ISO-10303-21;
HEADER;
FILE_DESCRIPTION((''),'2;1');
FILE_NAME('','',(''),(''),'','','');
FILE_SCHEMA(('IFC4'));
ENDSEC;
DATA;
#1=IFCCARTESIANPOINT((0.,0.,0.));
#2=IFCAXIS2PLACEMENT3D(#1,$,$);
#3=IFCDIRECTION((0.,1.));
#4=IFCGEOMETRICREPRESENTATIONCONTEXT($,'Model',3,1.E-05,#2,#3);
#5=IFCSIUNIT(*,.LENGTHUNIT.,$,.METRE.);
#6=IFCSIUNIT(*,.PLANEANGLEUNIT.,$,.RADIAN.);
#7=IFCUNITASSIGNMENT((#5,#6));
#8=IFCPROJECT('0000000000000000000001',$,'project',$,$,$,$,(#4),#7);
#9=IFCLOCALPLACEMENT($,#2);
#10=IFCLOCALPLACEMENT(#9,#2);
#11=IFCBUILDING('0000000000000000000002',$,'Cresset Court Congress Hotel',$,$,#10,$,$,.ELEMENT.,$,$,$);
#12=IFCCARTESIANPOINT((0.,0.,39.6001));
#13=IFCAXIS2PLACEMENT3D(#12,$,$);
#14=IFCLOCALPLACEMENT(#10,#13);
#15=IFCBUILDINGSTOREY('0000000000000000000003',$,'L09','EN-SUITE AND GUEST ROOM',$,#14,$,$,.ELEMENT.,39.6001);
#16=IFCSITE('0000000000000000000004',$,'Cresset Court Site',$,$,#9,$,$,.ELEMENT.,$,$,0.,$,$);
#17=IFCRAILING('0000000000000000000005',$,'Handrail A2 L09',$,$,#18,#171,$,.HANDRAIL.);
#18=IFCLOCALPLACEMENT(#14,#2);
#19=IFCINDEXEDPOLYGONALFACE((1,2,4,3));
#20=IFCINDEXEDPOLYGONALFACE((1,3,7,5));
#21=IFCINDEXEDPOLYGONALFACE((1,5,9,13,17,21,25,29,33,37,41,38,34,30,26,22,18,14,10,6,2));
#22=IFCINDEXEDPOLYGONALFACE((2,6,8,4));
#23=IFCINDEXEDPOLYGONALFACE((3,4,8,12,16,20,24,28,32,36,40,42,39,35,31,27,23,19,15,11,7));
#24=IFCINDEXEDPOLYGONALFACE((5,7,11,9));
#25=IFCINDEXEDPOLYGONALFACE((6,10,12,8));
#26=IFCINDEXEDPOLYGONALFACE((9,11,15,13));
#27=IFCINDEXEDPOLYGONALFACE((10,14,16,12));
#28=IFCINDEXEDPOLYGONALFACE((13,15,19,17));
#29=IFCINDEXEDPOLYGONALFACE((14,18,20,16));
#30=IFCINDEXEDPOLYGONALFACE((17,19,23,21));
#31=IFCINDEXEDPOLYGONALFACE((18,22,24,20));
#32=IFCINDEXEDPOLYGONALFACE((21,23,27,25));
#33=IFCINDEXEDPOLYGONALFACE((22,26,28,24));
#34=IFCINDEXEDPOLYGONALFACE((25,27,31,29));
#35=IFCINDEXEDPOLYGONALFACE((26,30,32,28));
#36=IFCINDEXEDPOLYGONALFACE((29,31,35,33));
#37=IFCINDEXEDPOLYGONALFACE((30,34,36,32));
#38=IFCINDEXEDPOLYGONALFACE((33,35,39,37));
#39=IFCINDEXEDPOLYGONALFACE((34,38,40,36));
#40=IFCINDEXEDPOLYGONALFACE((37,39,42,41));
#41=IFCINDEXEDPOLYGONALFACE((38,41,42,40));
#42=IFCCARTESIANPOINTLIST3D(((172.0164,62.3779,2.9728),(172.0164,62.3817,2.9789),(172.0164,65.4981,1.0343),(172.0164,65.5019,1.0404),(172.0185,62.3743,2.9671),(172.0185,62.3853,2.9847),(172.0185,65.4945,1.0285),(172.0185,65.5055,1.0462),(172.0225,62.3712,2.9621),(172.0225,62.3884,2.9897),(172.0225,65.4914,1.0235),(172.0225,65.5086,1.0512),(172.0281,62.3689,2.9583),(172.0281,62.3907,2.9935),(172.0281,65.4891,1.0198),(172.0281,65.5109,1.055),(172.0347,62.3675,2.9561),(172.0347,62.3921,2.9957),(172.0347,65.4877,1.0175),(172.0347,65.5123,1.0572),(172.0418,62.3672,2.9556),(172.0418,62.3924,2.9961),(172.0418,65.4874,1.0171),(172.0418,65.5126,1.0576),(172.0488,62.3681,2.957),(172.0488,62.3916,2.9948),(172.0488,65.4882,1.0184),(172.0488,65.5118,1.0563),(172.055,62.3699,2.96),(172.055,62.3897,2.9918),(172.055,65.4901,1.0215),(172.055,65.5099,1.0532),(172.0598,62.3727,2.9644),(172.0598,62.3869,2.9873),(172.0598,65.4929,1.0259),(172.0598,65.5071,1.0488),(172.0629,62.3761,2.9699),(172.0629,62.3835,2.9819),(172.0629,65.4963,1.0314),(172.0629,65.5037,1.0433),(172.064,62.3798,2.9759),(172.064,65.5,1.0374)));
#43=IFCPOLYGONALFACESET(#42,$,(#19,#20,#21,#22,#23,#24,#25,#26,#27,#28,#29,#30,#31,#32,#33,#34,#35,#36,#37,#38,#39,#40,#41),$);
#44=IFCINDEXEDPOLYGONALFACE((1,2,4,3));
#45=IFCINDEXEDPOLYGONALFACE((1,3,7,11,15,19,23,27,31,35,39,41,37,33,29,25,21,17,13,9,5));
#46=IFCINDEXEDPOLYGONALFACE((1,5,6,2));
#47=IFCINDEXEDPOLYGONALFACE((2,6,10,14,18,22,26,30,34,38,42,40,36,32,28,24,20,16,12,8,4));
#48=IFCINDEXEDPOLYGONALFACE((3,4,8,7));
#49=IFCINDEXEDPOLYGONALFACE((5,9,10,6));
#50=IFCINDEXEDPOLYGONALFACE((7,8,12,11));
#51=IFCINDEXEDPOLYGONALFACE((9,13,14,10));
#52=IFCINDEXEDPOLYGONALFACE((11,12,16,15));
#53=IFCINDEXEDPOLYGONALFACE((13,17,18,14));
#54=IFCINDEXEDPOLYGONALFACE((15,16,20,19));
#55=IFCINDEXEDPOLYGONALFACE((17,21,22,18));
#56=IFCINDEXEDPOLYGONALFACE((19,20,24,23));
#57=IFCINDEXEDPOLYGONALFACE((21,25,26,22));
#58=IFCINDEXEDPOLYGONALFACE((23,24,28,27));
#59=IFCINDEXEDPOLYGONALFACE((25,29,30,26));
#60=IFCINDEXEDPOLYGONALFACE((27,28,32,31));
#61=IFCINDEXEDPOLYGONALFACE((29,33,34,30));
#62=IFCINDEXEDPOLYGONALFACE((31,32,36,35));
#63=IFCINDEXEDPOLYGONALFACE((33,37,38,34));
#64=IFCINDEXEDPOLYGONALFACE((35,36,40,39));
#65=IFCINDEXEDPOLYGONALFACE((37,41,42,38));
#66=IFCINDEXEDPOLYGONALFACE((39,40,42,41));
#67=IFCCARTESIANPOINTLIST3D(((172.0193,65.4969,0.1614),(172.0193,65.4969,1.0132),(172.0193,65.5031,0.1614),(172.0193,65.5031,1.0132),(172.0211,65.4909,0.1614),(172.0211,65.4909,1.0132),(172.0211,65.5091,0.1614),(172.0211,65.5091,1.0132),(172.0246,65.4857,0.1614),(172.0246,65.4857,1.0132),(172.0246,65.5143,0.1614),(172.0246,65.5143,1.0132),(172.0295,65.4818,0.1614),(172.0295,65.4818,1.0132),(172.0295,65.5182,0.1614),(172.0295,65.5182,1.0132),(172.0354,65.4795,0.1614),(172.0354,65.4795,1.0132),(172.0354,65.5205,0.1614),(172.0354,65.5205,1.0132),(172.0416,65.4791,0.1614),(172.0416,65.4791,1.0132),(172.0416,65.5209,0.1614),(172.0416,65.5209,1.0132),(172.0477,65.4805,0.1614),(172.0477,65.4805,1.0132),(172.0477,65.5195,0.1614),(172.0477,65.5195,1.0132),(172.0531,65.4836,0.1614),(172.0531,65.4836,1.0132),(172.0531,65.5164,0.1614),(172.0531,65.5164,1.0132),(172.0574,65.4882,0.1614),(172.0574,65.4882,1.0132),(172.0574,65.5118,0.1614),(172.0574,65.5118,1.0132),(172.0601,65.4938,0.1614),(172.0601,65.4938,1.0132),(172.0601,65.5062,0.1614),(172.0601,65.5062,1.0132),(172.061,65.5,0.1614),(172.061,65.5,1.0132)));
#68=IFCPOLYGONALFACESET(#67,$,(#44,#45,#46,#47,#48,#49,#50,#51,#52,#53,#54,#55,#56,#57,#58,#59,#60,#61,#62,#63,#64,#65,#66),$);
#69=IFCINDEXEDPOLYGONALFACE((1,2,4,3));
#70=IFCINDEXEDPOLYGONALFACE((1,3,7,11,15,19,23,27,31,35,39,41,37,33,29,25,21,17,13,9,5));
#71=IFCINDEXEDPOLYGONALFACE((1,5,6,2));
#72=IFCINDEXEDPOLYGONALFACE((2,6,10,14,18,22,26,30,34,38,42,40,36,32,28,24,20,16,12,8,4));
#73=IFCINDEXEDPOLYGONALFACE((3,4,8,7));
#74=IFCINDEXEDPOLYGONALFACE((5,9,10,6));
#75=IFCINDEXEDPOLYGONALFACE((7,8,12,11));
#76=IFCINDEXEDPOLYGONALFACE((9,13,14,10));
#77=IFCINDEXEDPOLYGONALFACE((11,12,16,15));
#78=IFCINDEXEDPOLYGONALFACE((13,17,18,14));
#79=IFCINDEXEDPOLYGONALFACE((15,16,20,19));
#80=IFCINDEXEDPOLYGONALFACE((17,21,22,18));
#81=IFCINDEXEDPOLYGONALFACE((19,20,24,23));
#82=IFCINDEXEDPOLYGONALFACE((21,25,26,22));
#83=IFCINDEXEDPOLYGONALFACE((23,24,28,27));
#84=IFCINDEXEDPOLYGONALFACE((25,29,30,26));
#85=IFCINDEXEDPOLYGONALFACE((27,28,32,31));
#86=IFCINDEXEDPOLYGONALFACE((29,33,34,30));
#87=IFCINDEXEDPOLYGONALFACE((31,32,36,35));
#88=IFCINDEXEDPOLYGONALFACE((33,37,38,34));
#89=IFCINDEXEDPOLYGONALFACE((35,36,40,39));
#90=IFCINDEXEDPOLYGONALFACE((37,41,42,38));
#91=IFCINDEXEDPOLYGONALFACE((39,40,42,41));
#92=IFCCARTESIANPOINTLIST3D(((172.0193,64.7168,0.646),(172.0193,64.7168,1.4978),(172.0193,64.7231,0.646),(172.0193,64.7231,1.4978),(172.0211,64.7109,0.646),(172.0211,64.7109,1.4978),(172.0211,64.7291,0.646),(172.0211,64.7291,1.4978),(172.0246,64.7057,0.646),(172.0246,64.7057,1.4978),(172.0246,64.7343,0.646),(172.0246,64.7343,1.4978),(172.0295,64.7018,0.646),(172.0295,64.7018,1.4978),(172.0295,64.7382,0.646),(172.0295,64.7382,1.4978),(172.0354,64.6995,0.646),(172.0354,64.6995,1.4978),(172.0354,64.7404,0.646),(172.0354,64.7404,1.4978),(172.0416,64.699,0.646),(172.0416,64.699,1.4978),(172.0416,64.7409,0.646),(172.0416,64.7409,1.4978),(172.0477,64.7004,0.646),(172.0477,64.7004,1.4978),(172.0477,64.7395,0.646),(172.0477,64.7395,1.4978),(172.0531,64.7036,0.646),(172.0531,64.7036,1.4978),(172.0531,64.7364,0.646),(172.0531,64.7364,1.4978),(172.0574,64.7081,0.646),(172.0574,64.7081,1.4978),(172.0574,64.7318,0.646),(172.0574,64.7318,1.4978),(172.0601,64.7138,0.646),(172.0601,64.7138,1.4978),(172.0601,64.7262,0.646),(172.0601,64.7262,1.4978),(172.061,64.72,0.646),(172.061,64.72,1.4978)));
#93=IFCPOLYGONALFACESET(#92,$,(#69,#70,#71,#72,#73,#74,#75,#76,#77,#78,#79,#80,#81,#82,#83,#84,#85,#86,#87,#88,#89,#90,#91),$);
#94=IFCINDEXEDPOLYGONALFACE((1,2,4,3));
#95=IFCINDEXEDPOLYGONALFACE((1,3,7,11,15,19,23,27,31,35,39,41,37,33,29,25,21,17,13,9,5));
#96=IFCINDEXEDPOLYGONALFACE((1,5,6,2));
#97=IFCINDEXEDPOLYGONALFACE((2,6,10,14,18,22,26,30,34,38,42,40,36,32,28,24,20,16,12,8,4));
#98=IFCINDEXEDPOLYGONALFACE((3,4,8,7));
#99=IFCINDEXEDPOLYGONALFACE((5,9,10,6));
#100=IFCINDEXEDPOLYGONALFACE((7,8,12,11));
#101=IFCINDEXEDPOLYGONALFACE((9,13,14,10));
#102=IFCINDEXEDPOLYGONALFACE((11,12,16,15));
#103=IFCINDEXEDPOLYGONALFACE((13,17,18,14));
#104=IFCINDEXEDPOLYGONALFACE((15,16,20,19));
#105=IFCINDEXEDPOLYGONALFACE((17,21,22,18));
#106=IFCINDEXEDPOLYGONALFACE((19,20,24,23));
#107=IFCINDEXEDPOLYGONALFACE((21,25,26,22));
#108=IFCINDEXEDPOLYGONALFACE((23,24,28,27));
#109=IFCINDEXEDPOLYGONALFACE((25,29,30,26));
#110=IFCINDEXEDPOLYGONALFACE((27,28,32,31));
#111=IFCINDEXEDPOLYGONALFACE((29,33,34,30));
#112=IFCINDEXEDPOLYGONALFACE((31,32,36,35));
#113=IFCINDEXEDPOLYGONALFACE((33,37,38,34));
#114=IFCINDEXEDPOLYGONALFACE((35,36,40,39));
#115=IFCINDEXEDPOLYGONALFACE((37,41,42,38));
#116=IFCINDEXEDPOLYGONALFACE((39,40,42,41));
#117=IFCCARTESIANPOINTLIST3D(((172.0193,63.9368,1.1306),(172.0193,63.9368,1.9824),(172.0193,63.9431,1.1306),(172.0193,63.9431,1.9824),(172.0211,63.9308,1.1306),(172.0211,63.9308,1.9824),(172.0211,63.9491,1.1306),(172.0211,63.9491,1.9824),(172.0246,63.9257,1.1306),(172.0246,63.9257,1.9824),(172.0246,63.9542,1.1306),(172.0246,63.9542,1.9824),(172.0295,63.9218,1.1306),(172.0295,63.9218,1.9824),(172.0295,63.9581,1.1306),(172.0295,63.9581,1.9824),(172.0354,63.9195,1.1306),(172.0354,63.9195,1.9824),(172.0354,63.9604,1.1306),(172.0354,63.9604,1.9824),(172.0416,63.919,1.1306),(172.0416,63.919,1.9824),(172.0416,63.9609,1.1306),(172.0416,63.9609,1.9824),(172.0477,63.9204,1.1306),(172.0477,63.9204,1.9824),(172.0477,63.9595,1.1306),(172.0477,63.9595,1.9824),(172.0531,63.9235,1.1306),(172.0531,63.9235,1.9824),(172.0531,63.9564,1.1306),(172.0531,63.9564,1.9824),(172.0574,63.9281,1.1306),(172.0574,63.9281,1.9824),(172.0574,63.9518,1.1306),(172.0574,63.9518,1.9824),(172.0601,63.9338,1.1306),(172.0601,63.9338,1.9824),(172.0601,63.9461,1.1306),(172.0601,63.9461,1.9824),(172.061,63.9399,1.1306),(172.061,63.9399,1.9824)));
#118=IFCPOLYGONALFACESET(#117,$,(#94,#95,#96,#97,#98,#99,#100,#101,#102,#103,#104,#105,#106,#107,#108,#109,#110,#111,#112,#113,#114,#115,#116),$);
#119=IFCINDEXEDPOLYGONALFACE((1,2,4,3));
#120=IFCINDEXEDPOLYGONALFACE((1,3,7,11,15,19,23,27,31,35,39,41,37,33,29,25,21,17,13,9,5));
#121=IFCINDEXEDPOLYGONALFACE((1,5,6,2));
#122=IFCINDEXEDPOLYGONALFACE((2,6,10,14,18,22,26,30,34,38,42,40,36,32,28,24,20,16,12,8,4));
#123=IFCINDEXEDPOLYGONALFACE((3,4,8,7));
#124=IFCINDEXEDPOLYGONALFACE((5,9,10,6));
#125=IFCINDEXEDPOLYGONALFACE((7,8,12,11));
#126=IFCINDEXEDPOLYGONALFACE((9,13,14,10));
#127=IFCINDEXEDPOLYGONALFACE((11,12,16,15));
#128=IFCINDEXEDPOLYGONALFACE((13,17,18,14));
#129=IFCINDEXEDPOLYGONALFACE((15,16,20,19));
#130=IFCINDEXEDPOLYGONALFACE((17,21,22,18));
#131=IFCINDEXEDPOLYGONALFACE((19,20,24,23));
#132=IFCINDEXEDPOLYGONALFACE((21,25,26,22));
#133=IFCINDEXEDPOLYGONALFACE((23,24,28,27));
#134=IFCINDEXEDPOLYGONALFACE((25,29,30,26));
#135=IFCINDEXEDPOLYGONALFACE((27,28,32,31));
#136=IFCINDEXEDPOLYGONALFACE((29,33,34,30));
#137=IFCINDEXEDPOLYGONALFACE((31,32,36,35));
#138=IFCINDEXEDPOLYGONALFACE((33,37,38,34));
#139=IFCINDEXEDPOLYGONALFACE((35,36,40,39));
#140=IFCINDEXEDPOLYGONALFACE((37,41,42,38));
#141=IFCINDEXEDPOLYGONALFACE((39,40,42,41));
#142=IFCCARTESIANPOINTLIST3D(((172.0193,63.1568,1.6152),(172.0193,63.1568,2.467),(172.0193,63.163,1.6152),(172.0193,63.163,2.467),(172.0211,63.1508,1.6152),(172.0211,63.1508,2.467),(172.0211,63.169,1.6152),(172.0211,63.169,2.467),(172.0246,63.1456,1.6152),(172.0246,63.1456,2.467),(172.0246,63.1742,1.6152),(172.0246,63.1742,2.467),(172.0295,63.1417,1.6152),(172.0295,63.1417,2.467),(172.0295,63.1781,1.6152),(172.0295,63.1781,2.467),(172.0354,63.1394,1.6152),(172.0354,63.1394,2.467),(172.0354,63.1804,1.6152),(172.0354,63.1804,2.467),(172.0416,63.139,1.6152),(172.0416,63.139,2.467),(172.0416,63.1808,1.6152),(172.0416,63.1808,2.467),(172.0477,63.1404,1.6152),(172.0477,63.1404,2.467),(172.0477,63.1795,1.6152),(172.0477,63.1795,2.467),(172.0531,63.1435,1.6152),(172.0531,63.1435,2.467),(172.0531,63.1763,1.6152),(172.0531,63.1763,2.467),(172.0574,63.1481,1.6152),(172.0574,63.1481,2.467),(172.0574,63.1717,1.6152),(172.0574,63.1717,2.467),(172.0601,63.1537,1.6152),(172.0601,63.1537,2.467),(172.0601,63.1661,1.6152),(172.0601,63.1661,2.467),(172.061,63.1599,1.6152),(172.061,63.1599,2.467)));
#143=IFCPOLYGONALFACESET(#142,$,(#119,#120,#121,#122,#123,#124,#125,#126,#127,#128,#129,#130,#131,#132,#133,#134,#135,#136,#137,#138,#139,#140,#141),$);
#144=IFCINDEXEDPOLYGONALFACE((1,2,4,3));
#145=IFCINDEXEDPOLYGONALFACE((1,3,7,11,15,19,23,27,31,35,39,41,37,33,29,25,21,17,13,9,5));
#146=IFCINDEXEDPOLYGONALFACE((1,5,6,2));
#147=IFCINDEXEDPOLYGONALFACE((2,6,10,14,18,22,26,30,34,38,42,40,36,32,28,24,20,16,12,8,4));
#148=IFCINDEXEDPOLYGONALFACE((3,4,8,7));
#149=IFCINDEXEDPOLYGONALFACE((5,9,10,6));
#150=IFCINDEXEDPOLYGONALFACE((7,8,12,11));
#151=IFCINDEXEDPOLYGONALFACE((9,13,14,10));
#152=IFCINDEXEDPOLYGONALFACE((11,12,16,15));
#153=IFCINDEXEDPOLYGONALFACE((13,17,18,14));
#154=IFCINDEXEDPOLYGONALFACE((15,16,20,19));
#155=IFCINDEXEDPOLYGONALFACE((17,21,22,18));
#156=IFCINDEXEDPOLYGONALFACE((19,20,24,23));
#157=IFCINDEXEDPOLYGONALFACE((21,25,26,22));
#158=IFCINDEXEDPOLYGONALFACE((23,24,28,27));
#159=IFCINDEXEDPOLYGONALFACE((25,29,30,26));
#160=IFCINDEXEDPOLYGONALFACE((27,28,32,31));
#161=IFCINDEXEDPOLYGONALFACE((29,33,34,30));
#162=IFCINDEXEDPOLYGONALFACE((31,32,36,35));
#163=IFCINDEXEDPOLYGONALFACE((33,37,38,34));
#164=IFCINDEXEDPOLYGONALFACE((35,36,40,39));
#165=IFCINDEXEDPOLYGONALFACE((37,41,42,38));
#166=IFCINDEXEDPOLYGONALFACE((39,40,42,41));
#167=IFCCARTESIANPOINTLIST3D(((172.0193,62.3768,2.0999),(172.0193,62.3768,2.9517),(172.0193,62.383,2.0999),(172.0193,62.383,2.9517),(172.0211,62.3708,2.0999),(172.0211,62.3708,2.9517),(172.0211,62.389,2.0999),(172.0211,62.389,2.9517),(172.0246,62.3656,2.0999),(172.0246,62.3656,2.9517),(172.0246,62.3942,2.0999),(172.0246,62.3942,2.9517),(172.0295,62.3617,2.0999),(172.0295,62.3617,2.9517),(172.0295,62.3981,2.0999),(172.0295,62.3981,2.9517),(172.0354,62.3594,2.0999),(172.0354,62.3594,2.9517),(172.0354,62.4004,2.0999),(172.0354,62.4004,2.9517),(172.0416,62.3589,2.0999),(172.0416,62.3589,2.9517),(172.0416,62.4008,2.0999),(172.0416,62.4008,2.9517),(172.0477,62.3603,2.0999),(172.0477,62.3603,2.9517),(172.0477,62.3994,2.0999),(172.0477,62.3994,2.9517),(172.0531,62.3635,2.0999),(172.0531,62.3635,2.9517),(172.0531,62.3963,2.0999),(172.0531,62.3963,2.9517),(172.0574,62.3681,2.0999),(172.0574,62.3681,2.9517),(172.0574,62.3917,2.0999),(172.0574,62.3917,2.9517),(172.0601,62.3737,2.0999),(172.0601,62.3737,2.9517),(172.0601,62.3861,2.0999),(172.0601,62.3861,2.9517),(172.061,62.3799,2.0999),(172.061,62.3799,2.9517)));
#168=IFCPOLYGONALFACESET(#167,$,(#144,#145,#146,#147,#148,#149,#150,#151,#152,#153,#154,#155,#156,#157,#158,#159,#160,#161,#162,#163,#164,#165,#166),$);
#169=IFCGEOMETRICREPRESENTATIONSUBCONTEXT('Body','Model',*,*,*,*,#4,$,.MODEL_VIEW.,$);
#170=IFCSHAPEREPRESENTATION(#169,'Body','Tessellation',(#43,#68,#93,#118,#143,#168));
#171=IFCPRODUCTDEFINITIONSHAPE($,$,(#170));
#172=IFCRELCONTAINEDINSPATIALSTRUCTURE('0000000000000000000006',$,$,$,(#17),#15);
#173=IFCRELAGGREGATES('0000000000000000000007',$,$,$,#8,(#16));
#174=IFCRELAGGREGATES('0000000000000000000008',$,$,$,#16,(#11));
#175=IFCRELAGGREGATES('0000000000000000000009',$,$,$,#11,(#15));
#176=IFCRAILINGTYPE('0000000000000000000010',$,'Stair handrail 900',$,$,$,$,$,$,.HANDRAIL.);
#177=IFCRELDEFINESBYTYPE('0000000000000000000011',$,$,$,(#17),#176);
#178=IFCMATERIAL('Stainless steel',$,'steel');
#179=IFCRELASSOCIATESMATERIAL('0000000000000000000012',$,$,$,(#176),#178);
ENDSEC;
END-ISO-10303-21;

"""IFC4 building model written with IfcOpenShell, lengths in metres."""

from ifc_helpers import new_model, si_unit, direction, frame, origin, origin_2d, place, context, subcontext, project, spatial, circle, extrude, material, type_object, element, save


model = new_model("IFC4")

# Units and contexts
model_context = context("Model", 3, precision=1e-05, world=origin(), true_north=direction((0.0, 1.0)))
body_context = subcontext(model_context, "Body", "Model", "MODEL_VIEW")
ifc_project = project(units=[si_unit("LENGTHUNIT", "METRE"), si_unit("PLANEANGLEUNIT", "RADIAN")], contexts=[model_context])

# Site, building, storey
site_placement = place(None, origin())
site = spatial("IfcSite", under=ifc_project, at=site_placement, Name="Cresset Court Site", CompositionType="ELEMENT", RefElevation=0.0)
building_placement = place(site_placement, origin())
building = spatial("IfcBuilding", under=site, at=building_placement, Name="Cresset Court Congress Hotel", CompositionType="ELEMENT")
storey_placement = place(building_placement, frame((0.0, 0.0, 39.6001)))
storey = spatial("IfcBuildingStorey", under=building, at=storey_placement, Name="L09", Description="EN-SUITE AND GUEST ROOM", CompositionType="ELEMENT", Elevation=39.6001)

# Railing
ifc_material_1 = material(Name="Stainless steel", Category="steel")
railing_type_1 = type_object("IfcRailingType", Name="Stair handrail 900", PredefinedType="HANDRAIL", material=ifc_material_1)
for number, where, name in (
    (1, (172.04, 65.5, 0.1614), "Handrail A2 L09"),
):
    element("IfcRailing", number, at=place(storey_placement, frame(where)), inside=storey, type_object=railing_type_1, Name=name, PredefinedType="HANDRAIL", context=body_context, shape_type="SweptSolid", body=[
        extrude(circle(Radius=0.0239, at=origin_2d()), frame((0.0, 0.0, 0.876), z_axis=(0.0, -0.849414, 0.527727), x_axis=(1.0, 0.0, 0.0)), (0.0, 0.0, 1.0), 3.6733),
        extrude(circle(Radius=0.021, at=origin_2d()), origin(), (0.0, 0.0, 1.0), 0.8518),
        extrude(circle(Radius=0.021, at=origin_2d()), frame((0.0, -0.78, 0.4846)), (0.0, 0.0, 1.0), 0.8518),
        extrude(circle(Radius=0.021, at=origin_2d()), frame((0.0, -1.5601, 0.9692)), (0.0, 0.0, 1.0), 0.8518),
        extrude(circle(Radius=0.021, at=origin_2d()), frame((0.0, -2.3401, 1.4539)), (0.0, 0.0, 1.0), 0.8518),
        extrude(circle(Radius=0.021, at=origin_2d()), frame((0.0, -3.1201, 1.9385)), (0.0, 0.0, 1.0), 0.8518),
    ])

save(model, "model.ifc")
